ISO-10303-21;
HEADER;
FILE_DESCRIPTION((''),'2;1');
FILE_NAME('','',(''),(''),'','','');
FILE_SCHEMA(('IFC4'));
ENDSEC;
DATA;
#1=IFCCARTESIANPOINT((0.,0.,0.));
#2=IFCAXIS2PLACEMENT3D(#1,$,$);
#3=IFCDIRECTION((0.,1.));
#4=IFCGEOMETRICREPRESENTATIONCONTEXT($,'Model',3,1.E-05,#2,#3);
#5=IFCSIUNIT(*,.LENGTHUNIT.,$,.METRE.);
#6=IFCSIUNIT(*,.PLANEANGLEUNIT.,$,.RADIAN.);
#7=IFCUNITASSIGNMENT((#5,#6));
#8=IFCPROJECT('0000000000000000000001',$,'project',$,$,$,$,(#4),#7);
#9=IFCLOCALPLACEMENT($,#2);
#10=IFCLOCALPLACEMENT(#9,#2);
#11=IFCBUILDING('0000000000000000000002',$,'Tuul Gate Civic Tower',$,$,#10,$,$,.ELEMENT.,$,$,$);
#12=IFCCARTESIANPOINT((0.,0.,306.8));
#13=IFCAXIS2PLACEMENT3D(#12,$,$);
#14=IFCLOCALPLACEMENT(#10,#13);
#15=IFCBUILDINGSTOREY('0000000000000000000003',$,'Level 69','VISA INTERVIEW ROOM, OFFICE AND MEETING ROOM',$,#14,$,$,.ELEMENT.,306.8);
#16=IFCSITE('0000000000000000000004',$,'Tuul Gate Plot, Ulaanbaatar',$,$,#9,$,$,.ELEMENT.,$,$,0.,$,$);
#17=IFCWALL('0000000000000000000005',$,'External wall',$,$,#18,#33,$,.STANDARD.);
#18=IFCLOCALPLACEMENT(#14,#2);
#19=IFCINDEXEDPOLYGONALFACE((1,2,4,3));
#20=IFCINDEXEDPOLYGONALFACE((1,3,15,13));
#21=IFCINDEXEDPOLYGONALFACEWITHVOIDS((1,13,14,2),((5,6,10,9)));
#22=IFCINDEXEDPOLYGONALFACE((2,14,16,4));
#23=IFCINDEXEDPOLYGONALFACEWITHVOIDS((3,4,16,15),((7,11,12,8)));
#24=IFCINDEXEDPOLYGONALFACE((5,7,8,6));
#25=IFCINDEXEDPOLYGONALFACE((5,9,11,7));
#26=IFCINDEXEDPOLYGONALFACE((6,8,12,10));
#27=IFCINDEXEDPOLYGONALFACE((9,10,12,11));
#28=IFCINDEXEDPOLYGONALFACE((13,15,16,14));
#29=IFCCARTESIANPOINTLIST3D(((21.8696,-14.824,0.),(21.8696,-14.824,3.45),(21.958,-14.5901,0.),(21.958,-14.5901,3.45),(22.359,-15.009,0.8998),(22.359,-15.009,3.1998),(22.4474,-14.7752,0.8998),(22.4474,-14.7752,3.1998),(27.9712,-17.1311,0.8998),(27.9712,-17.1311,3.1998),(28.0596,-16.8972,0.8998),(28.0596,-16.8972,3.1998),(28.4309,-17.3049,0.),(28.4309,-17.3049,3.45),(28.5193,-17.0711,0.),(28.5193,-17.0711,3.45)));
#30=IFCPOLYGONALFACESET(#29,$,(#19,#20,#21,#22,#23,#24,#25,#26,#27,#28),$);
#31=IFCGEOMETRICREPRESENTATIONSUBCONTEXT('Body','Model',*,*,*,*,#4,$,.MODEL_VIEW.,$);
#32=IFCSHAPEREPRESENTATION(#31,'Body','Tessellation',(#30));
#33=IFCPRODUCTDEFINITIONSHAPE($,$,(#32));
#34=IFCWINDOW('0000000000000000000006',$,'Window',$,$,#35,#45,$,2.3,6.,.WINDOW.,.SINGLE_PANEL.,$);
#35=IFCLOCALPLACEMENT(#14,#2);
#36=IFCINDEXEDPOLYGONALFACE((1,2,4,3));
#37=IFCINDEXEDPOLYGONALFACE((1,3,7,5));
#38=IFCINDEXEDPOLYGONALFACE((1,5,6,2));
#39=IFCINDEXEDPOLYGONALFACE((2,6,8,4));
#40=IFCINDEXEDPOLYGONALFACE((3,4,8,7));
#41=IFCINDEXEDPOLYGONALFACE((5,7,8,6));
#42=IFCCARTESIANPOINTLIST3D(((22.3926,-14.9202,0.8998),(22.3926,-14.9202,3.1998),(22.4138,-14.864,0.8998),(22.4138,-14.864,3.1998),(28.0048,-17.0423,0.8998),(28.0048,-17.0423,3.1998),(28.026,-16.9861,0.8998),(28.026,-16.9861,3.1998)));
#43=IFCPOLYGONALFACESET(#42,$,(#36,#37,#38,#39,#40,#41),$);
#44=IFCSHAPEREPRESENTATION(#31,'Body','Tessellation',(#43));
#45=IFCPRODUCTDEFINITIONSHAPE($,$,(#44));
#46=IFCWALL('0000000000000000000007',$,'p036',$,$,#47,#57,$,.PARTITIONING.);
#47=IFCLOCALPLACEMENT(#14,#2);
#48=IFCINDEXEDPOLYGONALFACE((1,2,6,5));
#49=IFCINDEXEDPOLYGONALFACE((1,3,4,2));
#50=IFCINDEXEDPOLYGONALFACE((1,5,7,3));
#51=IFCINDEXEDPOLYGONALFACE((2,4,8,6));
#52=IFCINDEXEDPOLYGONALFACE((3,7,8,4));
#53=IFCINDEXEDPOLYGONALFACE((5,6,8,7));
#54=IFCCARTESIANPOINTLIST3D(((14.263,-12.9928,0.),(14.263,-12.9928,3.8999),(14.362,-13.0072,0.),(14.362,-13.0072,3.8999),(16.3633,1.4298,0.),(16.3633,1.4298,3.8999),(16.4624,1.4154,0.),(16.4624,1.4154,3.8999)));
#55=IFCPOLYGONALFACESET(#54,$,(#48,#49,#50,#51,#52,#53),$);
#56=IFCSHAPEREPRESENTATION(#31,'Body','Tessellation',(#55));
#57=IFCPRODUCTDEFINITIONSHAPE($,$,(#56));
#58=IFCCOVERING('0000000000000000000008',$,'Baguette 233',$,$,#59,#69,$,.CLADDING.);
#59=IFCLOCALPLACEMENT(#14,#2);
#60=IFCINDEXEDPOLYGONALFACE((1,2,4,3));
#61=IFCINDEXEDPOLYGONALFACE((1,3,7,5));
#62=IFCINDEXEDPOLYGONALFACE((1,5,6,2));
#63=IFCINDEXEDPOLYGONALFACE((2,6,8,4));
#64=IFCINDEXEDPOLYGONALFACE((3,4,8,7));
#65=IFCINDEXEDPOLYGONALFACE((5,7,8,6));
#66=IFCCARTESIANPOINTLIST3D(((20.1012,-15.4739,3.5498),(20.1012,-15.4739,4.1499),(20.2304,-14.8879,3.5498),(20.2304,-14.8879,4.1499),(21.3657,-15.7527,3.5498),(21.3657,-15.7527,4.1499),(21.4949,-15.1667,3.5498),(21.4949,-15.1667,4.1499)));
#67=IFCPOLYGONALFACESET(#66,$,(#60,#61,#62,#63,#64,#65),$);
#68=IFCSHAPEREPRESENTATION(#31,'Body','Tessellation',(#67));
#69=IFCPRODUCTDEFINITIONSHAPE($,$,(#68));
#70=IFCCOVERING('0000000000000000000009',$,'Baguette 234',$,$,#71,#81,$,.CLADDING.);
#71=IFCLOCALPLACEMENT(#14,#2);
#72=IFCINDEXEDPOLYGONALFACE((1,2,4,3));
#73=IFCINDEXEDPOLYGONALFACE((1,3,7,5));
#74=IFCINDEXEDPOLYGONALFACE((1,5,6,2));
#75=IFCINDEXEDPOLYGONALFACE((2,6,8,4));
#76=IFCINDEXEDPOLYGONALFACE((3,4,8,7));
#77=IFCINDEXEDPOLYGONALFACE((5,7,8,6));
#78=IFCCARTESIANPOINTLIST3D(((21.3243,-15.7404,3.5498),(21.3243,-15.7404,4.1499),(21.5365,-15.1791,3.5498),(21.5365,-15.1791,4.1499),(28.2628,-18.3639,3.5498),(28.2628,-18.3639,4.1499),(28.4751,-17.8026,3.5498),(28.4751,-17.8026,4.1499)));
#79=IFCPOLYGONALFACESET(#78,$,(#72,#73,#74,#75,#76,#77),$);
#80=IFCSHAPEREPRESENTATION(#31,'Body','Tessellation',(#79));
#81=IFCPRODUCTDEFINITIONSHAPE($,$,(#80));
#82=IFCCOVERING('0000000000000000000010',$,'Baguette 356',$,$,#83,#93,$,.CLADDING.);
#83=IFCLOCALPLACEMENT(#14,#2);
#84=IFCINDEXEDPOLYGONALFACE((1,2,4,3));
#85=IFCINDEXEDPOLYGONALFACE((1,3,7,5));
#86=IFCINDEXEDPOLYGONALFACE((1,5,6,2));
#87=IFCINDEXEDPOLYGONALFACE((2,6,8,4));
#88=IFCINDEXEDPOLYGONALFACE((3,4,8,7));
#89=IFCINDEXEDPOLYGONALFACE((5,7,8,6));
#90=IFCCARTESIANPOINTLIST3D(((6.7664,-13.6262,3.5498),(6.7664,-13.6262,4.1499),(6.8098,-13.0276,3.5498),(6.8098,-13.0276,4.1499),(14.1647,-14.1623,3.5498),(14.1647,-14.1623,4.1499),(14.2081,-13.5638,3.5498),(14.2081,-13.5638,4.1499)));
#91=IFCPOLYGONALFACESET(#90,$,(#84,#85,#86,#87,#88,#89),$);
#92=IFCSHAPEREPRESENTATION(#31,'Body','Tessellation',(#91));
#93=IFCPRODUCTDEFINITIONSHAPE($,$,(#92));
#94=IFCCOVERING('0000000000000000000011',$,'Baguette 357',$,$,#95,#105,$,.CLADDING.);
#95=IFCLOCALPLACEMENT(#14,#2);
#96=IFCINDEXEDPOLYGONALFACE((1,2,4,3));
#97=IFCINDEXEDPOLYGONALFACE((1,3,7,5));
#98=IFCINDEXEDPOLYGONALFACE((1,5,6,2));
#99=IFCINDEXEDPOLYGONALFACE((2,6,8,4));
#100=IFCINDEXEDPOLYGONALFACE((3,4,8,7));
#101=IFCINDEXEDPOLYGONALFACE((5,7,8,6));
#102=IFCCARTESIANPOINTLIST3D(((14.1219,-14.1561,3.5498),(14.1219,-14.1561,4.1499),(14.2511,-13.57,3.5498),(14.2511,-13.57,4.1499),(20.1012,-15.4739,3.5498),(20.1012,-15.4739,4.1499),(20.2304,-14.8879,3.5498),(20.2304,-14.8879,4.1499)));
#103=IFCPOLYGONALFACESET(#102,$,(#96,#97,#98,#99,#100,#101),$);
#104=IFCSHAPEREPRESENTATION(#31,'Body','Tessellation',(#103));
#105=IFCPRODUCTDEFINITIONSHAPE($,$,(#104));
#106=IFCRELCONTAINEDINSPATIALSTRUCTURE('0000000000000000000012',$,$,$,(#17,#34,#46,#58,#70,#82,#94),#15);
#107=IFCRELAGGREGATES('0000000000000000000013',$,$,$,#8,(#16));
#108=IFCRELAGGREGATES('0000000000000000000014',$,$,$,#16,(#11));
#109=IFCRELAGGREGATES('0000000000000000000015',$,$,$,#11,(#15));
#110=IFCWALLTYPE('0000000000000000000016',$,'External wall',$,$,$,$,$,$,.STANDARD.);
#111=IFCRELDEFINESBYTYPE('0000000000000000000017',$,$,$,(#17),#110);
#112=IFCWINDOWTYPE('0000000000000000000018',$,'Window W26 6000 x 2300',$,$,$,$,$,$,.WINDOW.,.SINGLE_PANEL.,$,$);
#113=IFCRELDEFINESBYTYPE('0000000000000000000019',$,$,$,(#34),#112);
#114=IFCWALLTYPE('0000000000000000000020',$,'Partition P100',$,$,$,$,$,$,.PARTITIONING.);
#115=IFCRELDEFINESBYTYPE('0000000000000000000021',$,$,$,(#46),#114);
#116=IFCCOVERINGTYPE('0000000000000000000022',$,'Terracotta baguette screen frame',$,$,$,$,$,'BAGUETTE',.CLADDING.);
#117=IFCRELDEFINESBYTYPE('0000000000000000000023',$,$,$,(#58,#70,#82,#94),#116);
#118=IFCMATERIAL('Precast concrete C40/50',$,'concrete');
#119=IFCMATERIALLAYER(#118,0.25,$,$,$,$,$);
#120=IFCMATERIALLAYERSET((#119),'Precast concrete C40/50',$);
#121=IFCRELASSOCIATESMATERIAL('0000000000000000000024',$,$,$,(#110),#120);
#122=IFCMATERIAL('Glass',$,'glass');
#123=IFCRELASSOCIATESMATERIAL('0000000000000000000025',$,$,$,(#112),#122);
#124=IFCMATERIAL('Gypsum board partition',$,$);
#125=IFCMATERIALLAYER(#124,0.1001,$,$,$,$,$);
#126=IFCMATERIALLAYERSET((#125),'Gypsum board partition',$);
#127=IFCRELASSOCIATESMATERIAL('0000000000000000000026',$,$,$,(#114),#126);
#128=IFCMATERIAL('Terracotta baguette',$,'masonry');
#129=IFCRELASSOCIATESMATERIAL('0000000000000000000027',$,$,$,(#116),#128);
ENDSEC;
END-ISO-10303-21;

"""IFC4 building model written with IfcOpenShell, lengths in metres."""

from ifc_helpers import new_model, si_unit, direction, frame, frame_2d, origin, origin_2d, place, context, subcontext, project, spatial, rectangle, extrude, material, layer, layer_set, material_profile, profile_set, type_object, element, fill, save


model = new_model("IFC4")

# Units and contexts
model_context = context("Model", 3, precision=1e-05, world=origin(), true_north=direction((0.0, 1.0)))
body_context = subcontext(model_context, "Body", "Model", "MODEL_VIEW")
ifc_project = project(units=[si_unit("LENGTHUNIT", "METRE"), si_unit("PLANEANGLEUNIT", "RADIAN")], contexts=[model_context])

# Site, building, storey
site_placement = place(None, origin())
site = spatial("IfcSite", under=ifc_project, at=site_placement, Name="Tuul Gate Plot, Ulaanbaatar", CompositionType="ELEMENT", RefElevation=0.0)
building_placement = place(site_placement, origin())
building = spatial("IfcBuilding", under=site, at=building_placement, Name="Tuul Gate Civic Tower", CompositionType="ELEMENT")
storey_placement = place(building_placement, frame((0.0, 0.0, 306.8)))
storey = spatial("IfcBuildingStorey", under=building, at=storey_placement, Name="Level 69", Description="VISA INTERVIEW ROOM, OFFICE AND MEETING ROOM", CompositionType="ELEMENT", Elevation=306.8)

# Wall, opening, window
ifc_material_1 = material(Name="Precast concrete C40/50", Category="concrete")
ifc_layer_1 = layer(ifc_material_1, 0.25)
ifc_layer_set_1 = layer_set([ifc_layer_1], Name="Precast concrete C40/50")
wall_type_1 = type_object("IfcWallType", Name="External wall", PredefinedType="STANDARD", material=ifc_layer_set_1)
ifc_material_2 = material(Name="Glass", Category="glass")
window_type = type_object("IfcWindowType", Name="Window W26 6000 x 2300", PartitioningType="SINGLE_PANEL", PredefinedType="WINDOW", material=ifc_material_2)
wall_1_placement = place(storey_placement, frame((21.9138, -14.707, 0.0), z_axis=(0.0, 0.0, 1.0), x_axis=(0.935366, -0.353681, 0.0)))
wall_1 = element("IfcWall", 1, at=wall_1_placement, inside=storey, type_object=wall_type_1, Name="External wall", PredefinedType="STANDARD", context=body_context, shape_type="SweptSolid", body=[
    extrude(rectangle(XDim=7.0146, YDim=0.25, at=frame_2d((3.5073, 0.0))), origin(), (0.0, 0.0, 1.0), 3.45),
])
opening_1_placement = place(wall_1_placement, frame((0.5232, 0.0, 0.8999)))
opening_1 = element("IfcOpeningElement", 2, at=opening_1_placement, cuts=wall_1, PredefinedType="OPENING", context=body_context, shape_type="SweptSolid", body=[
    extrude(rectangle(XDim=6.0, YDim=2.3, at=frame_2d((3.0, 1.1499))), frame((0.0, 0.135, 0.0), z_axis=(0.0, -1.0, 0.0), x_axis=(1.0, 0.0, 0.0)), (0.0, 0.0, 1.0), 0.27),
])
window_1_placement = place(opening_1_placement, origin())
window_1 = element("IfcWindow", 3, at=window_1_placement, inside=storey, type_object=window_type, Name="Window", OverallHeight=2.3, OverallWidth=6.0, PartitioningType="SINGLE_PANEL", PredefinedType="WINDOW", context=body_context, shape_type="SweptSolid", body=[
    extrude(rectangle(XDim=6.0, YDim=2.3, at=frame_2d((3.0, 1.1499))), frame((0.0, 0.03, 0.0), z_axis=(0.0, -1.0, 0.0), x_axis=(1.0, 0.0, 0.0)), (0.0, 0.0, 1.0), 0.0601),
])
fill(opening_1, window_1)

# Wall
ifc_material_3 = material(Name="Gypsum board partition")
ifc_layer_2 = layer(ifc_material_3, 0.1001)
ifc_layer_set_2 = layer_set([ifc_layer_2], Name="Gypsum board partition")
wall_type_2 = type_object("IfcWallType", Name="Partition P100", PredefinedType="PARTITIONING", material=ifc_layer_set_2)
wall_2_placement = place(storey_placement, frame((14.3125, -13.0, 0.0), z_axis=(0.0, 0.0, 1.0), x_axis=(0.144108, 0.989562, 0.0)))
element("IfcWall", 4, at=wall_2_placement, inside=storey, type_object=wall_type_2, Name="p036", PredefinedType="PARTITIONING", context=body_context, shape_type="SweptSolid", body=[
    extrude(rectangle(XDim=14.5747, YDim=0.1001, at=frame_2d((7.2874, 0.0))), origin(), (0.0, 0.0, 1.0), 3.8999),
])

# Coverings
ifc_material_4 = material(Name="Terracotta baguette", Category="masonry")
ifc_material_profile_1 = material_profile(ifc_material_4, rectangle(XDim=0.6001, YDim=0.6001, at=origin_2d()), Name="Terracotta baguette screen frame")
ifc_profile_set_1 = profile_set([ifc_material_profile_1], Name="Terracotta baguette")
covering_type = type_object("IfcCoveringType", Name="Terracotta baguette screen frame", ElementType="BAGUETTE", PredefinedType="CLADDING", material=ifc_profile_set_1)
covering_1_placement = place(storey_placement, frame((20.1658, -15.1809, 3.8499), z_axis=(0.976549, -0.215293, 0.0), x_axis=(0.215293, 0.976549, 0.0)))
element("IfcCovering", 5, at=covering_1_placement, inside=storey, type_object=covering_type, Name="Baguette 233", PredefinedType="CLADDING", context=body_context, shape_type="SweptSolid", body=[
    extrude(rectangle(XDim=0.6001, YDim=0.6001, at=origin_2d()), origin(), (0.0, 0.0, 1.0), 1.2949),
])
covering_2_placement = place(storey_placement, frame((21.4304, -15.4597, 3.8499), z_axis=(0.935368, -0.353676, 0.0), x_axis=(0.353676, 0.935368, 0.0)))
element("IfcCovering", 6, at=covering_2_placement, inside=storey, type_object=covering_type, Name="Baguette 234", PredefinedType="CLADDING", context=body_context, shape_type="SweptSolid", body=[
    extrude(rectangle(XDim=0.6001, YDim=0.6001, at=origin_2d()), origin(), (0.0, 0.0, 1.0), 7.418),
])
covering_3_placement = place(storey_placement, frame((6.7881, -13.3269, 3.8499), z_axis=(0.997385, -0.072276, 0.0), x_axis=(0.072276, 0.997385, 0.0)))
element("IfcCovering", 7, at=covering_3_placement, inside=storey, type_object=covering_type, Name="Baguette 356", PredefinedType="CLADDING", context=body_context, shape_type="SweptSolid", body=[
    extrude(rectangle(XDim=0.6001, YDim=0.6001, at=origin_2d()), origin(), (0.0, 0.0, 1.0), 7.4177),
])
covering_4_placement = place(storey_placement, frame((14.1865, -13.863, 3.8499), z_axis=(0.976561, -0.215241, 0.0), x_axis=(0.215241, 0.976561, 0.0)))
element("IfcCovering", 8, at=covering_4_placement, inside=storey, type_object=covering_type, Name="Baguette 357", PredefinedType="CLADDING", context=body_context, shape_type="SweptSolid", body=[
    extrude(rectangle(XDim=0.6001, YDim=0.6001, at=origin_2d()), origin(), (0.0, 0.0, 1.0), 6.1228),
])

save(model, "model.ifc")
